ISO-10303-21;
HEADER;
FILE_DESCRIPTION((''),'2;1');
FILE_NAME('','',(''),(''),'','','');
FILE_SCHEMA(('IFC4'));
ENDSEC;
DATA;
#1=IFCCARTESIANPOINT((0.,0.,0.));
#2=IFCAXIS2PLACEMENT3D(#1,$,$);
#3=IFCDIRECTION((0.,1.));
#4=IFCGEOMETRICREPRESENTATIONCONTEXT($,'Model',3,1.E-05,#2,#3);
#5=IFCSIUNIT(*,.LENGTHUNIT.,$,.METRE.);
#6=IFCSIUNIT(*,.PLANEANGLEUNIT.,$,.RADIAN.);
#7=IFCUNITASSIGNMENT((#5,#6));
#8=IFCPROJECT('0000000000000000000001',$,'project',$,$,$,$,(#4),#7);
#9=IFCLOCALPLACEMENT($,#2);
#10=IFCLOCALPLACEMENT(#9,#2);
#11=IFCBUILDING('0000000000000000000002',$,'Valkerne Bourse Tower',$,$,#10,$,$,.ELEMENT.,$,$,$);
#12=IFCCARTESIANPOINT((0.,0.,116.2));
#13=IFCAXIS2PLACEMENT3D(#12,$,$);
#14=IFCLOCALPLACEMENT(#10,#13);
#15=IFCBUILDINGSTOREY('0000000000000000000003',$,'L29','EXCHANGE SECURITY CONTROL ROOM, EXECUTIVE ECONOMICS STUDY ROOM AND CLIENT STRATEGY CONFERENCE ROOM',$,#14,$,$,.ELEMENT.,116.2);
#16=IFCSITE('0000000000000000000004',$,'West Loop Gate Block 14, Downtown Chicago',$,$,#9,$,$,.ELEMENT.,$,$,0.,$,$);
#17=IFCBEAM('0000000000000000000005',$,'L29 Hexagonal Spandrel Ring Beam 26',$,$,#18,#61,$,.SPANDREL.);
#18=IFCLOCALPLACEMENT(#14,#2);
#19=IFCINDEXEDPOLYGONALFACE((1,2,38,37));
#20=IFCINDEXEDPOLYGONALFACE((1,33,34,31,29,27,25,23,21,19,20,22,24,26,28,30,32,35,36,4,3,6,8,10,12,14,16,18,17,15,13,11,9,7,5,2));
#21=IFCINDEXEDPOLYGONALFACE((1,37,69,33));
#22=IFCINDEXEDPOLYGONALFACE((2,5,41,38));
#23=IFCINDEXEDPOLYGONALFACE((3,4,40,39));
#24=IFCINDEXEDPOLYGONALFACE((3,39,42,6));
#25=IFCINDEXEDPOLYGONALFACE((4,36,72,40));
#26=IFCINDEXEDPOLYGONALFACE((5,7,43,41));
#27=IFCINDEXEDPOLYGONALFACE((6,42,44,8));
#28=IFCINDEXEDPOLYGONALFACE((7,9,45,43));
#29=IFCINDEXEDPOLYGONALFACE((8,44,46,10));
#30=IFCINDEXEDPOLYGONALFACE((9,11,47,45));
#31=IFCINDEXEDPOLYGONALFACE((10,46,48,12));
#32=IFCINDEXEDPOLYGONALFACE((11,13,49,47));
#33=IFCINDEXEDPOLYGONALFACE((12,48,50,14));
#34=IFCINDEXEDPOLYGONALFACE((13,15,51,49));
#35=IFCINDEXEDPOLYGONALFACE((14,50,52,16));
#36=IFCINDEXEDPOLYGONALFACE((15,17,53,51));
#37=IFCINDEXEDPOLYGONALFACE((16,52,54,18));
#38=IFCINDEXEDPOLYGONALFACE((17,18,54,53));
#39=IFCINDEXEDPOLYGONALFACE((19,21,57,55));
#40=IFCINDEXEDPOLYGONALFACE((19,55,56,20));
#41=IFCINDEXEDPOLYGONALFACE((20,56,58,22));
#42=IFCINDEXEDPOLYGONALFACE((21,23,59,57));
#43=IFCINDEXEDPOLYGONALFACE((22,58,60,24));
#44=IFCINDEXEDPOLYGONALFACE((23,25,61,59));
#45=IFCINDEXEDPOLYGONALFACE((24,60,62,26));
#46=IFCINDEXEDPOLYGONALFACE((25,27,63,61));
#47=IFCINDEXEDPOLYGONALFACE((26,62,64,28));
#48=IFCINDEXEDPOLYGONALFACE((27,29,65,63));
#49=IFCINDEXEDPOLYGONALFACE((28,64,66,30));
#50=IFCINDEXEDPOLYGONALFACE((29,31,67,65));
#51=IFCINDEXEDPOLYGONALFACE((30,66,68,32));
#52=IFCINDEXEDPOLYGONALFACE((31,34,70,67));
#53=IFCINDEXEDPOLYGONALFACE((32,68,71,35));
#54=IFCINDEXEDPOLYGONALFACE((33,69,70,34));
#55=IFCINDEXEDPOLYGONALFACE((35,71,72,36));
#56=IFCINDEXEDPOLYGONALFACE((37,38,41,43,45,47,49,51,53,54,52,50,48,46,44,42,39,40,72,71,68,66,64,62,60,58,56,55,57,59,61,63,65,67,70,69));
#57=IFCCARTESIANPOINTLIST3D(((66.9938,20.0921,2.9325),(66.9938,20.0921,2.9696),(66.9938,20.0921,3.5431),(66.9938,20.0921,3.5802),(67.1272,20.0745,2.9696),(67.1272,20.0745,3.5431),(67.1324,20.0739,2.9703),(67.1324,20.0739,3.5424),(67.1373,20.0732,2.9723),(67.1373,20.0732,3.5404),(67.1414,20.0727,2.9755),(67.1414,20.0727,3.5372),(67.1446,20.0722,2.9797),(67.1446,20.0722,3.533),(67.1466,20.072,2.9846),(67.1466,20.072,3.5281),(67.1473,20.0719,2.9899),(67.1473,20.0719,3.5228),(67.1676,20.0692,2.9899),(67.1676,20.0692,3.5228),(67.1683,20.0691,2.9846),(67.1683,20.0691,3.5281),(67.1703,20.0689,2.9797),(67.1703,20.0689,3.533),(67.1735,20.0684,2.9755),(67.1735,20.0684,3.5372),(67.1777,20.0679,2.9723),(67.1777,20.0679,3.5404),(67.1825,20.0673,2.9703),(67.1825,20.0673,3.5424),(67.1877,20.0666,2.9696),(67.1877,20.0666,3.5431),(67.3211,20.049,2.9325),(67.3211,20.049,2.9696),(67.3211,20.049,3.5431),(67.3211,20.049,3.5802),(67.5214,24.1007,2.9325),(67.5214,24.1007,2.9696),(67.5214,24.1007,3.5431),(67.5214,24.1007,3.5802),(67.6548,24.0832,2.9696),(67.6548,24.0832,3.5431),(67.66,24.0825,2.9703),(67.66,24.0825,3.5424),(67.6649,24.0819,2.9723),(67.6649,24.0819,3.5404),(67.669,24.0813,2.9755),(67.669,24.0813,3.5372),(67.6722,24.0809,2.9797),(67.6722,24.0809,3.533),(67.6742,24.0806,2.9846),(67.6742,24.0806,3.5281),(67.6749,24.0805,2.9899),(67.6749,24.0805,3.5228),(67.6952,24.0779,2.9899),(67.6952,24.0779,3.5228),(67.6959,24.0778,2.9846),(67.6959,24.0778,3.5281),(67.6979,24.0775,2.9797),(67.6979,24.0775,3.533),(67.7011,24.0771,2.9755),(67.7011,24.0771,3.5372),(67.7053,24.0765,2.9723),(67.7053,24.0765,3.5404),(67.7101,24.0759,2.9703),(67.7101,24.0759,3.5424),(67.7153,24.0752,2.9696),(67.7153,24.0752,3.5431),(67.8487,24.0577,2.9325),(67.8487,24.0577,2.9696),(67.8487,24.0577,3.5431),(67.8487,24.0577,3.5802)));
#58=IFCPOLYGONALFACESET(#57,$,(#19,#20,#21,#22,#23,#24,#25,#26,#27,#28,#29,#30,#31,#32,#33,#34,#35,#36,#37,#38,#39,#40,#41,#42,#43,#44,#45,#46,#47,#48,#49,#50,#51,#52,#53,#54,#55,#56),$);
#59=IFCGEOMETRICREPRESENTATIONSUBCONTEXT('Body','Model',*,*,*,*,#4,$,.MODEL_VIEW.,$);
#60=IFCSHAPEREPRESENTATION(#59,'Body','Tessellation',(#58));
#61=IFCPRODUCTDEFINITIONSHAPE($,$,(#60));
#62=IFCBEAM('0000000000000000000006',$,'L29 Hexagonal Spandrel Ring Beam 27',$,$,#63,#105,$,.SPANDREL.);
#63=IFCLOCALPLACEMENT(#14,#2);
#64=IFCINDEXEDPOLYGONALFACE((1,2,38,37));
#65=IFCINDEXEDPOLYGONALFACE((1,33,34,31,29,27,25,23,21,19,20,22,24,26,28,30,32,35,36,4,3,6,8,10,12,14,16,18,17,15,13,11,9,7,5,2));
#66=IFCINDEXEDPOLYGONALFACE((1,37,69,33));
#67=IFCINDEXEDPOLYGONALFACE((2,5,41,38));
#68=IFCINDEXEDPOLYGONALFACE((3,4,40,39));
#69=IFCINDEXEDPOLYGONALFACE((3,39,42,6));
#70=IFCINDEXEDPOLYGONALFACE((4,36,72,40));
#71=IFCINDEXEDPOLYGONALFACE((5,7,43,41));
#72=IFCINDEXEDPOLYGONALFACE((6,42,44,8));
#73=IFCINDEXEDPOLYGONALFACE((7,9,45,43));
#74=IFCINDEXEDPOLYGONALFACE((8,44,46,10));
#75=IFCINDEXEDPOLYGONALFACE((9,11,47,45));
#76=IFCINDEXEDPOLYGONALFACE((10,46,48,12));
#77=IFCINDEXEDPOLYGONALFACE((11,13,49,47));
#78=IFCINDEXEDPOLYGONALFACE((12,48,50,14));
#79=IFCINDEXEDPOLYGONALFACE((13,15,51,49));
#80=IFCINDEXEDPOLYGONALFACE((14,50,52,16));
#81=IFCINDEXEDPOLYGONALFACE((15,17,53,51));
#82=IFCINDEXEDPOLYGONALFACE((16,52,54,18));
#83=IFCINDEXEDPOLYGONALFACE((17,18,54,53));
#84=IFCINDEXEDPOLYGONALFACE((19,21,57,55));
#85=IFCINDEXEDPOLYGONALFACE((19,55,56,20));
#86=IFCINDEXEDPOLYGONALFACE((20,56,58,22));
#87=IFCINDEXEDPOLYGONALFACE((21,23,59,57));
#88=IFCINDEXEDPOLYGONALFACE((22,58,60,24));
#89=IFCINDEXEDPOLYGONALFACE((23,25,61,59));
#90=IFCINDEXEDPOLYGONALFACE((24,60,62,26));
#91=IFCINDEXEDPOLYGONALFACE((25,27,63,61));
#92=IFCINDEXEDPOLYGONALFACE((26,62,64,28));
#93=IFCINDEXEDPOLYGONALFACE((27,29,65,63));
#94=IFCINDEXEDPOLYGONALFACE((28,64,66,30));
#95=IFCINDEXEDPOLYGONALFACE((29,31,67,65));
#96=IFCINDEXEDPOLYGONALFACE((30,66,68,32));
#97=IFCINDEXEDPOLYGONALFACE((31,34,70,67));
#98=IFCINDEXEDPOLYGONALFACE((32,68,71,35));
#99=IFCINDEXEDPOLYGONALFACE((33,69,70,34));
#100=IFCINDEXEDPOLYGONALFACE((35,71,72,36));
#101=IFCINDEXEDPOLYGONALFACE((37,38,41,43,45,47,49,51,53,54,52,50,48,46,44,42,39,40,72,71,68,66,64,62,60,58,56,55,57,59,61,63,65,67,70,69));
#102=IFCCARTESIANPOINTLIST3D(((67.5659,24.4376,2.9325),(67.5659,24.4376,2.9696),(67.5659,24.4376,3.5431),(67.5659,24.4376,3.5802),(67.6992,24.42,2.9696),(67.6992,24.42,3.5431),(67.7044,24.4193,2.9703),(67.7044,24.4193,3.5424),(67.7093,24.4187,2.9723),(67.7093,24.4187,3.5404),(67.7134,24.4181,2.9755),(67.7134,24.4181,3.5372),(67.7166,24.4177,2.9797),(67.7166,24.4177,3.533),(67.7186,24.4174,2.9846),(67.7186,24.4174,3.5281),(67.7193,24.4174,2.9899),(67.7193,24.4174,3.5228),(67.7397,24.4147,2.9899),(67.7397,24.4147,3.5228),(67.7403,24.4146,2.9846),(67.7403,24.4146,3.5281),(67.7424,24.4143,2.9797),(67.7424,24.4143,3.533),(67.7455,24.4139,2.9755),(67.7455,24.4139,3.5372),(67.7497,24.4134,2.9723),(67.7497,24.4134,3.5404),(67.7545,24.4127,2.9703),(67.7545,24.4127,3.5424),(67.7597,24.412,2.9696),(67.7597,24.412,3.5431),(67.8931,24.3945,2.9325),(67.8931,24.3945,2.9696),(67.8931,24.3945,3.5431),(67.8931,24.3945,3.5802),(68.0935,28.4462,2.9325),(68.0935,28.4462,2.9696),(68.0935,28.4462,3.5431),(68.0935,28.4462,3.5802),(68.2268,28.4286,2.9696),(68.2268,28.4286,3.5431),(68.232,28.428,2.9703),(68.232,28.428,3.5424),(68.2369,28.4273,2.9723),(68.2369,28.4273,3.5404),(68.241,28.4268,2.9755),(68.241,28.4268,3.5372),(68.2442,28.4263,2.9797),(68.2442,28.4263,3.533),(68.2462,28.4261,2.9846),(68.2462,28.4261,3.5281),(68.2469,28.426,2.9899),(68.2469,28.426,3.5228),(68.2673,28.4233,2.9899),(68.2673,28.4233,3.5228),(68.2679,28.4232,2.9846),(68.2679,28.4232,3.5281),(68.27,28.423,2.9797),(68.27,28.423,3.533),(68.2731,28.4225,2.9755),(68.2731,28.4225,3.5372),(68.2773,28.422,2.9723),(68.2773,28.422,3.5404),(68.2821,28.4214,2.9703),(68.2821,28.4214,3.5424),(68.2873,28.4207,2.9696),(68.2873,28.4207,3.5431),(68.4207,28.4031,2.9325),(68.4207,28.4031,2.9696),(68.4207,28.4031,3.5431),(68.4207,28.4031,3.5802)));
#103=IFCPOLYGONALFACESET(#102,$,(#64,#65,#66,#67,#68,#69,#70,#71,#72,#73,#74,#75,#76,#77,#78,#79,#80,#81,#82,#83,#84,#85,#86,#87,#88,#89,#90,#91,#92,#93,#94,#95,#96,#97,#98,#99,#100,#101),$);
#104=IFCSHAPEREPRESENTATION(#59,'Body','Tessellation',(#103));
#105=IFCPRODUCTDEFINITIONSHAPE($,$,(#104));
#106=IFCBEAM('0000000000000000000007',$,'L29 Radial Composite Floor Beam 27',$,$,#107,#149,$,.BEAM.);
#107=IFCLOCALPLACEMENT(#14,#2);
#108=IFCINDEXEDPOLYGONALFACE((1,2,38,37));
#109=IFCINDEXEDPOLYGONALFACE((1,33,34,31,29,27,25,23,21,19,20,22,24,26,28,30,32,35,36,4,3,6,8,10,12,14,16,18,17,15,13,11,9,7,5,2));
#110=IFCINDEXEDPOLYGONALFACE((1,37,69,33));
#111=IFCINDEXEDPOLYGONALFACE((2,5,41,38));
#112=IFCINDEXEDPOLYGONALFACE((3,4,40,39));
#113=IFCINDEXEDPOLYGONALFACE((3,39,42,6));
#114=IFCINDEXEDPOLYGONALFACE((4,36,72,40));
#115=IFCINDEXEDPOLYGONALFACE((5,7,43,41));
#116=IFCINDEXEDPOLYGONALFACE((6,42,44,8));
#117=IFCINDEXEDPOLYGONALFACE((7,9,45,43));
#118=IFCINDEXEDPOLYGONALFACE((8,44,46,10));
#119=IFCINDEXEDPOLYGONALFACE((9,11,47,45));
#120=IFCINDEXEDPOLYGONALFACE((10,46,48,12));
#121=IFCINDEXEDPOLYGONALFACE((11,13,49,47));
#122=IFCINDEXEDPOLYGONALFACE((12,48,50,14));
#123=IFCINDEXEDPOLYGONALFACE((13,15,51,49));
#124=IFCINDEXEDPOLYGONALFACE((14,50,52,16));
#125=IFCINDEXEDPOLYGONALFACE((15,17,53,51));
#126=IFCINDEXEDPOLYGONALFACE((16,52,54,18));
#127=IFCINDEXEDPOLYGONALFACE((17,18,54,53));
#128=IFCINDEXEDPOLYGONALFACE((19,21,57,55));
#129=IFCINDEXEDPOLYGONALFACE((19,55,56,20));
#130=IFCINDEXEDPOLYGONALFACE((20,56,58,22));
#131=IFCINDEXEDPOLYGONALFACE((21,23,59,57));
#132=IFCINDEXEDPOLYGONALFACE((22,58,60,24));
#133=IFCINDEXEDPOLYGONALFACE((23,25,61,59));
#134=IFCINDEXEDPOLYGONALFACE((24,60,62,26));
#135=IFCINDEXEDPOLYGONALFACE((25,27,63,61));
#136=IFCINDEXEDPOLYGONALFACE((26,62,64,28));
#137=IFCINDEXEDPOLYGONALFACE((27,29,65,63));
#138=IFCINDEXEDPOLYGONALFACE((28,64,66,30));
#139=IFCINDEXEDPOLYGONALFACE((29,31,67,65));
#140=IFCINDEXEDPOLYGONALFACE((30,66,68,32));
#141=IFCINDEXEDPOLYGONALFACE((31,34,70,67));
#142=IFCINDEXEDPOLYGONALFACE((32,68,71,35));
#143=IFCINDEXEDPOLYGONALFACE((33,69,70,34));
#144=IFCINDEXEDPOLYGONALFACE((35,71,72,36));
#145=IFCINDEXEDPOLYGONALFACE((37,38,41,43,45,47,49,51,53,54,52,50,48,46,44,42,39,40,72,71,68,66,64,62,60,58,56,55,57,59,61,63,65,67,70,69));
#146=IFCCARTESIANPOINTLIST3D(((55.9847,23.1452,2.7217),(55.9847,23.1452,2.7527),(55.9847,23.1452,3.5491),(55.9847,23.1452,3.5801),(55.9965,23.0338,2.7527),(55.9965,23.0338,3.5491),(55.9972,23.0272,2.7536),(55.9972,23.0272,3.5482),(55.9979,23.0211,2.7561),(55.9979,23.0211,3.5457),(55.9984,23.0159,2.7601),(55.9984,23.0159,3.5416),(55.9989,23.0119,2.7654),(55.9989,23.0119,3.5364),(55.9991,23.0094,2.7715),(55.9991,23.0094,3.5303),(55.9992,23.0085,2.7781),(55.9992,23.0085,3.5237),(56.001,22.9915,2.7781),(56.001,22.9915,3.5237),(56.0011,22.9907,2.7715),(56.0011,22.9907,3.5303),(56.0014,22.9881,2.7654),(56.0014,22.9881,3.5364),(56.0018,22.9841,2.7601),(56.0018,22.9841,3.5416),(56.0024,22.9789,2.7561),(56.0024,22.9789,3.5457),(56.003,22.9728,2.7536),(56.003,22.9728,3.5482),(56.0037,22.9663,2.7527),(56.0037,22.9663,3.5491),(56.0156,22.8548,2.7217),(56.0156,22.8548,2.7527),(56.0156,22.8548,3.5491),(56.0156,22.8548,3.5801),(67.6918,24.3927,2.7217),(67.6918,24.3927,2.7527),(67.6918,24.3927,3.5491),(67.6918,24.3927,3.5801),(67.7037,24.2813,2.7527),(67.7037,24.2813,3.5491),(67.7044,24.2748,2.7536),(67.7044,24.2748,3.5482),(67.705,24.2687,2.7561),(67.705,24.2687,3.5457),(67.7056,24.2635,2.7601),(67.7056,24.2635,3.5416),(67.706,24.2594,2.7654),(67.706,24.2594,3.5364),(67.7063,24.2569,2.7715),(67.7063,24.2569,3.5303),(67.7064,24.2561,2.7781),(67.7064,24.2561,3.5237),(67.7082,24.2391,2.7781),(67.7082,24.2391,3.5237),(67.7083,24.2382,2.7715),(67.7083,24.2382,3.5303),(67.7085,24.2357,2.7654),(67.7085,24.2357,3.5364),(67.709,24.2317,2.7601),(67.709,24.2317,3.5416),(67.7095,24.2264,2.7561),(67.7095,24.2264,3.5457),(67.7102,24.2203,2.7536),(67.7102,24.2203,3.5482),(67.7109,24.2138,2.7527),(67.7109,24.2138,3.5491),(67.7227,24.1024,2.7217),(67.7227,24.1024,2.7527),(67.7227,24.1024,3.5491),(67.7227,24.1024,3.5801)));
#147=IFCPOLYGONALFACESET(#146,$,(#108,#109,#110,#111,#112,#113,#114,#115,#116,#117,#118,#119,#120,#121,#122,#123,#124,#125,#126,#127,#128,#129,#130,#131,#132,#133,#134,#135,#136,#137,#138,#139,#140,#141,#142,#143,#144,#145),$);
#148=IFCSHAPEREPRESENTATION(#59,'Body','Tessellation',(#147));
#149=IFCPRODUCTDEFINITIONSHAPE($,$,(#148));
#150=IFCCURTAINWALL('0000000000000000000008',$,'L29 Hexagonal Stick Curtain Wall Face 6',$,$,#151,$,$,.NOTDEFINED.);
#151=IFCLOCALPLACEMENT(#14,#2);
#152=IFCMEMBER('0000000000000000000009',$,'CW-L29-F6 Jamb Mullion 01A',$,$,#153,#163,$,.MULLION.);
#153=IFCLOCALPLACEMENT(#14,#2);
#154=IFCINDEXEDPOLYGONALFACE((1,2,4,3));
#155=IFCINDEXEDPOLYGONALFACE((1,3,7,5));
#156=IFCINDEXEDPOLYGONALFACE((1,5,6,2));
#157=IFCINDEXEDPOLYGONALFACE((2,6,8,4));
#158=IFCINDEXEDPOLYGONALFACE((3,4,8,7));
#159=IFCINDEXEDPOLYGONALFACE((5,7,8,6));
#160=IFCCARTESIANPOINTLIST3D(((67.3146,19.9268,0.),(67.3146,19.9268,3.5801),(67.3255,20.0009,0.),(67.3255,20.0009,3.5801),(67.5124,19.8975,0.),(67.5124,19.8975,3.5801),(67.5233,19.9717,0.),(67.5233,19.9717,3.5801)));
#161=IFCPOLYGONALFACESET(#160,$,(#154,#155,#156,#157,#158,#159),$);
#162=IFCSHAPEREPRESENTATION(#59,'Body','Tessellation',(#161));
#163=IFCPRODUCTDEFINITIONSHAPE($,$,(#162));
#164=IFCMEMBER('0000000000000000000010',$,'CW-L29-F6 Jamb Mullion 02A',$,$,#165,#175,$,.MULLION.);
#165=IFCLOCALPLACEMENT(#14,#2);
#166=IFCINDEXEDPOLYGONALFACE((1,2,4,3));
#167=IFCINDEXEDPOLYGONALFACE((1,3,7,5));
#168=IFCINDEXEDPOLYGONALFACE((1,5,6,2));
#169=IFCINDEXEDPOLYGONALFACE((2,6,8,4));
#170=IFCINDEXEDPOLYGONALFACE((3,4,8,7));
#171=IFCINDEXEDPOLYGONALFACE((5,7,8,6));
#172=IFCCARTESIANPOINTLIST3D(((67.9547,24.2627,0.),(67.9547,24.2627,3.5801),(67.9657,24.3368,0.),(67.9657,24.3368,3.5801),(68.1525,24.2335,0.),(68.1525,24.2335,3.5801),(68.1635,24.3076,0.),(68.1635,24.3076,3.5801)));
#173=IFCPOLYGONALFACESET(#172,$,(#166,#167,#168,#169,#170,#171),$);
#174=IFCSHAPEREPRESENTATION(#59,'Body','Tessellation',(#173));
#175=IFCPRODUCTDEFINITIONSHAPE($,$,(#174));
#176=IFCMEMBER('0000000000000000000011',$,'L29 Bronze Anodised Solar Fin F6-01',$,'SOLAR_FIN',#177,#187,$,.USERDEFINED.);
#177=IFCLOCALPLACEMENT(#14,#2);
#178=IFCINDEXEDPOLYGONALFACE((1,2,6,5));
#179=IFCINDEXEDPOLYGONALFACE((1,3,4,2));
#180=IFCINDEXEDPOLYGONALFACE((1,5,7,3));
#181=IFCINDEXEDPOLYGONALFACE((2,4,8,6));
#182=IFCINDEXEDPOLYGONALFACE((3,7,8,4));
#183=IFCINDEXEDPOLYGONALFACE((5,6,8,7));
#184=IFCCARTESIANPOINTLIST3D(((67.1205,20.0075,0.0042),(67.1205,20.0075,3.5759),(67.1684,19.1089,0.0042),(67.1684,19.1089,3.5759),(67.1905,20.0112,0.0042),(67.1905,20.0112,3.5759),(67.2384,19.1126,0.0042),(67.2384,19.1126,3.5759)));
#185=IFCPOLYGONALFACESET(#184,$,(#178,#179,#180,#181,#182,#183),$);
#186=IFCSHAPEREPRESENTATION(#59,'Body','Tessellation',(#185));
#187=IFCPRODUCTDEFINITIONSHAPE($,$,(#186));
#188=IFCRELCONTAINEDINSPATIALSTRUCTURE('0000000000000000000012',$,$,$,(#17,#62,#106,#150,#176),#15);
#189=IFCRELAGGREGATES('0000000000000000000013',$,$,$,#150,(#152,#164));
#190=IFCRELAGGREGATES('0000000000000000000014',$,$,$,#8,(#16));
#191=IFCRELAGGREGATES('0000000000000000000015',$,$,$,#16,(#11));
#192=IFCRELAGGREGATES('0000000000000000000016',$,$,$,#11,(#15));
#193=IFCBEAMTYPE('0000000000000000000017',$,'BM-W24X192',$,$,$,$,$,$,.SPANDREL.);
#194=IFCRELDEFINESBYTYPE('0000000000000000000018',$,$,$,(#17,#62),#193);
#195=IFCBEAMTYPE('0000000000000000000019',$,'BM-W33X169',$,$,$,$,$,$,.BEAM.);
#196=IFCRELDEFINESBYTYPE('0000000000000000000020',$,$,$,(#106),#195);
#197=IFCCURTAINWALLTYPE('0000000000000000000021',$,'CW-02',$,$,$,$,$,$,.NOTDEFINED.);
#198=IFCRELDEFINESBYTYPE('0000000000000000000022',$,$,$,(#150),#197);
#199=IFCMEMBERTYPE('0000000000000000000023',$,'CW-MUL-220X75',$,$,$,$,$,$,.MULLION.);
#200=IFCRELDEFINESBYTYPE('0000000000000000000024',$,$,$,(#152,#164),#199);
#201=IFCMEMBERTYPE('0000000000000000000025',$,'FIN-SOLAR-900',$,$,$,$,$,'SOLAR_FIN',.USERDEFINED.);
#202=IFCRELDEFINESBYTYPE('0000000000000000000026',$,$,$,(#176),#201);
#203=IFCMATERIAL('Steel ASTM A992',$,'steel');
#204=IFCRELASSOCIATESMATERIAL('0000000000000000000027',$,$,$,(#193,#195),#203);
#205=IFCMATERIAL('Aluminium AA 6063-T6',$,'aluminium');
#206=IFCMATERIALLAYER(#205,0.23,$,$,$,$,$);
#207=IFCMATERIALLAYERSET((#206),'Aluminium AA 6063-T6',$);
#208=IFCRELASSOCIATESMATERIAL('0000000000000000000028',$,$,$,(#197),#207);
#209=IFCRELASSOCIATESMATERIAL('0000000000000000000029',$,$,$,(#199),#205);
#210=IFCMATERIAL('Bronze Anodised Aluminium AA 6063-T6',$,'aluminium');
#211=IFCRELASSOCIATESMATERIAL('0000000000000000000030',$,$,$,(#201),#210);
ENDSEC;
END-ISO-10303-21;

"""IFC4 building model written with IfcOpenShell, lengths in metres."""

from ifc_helpers import new_model, si_unit, direction, frame, origin, origin_2d, place, context, subcontext, project, spatial, rectangle, i_section, extrude, material, layer, layer_set, material_profile, profile_set, type_object, element, aggregate, save


model = new_model("IFC4")

# Units and contexts
model_context = context("Model", 3, precision=1e-05, world=origin(), true_north=direction((0.0, 1.0)))
body_context = subcontext(model_context, "Body", "Model", "MODEL_VIEW")
ifc_project = project(units=[si_unit("LENGTHUNIT", "METRE"), si_unit("PLANEANGLEUNIT", "RADIAN")], contexts=[model_context])

# Site, building, storey
site_placement = place(None, origin())
site = spatial("IfcSite", under=ifc_project, at=site_placement, Name="West Loop Gate Block 14, Downtown Chicago", CompositionType="ELEMENT", RefElevation=0.0)
building_placement = place(site_placement, origin())
building = spatial("IfcBuilding", under=site, at=building_placement, Name="Valkerne Bourse Tower", CompositionType="ELEMENT")
storey_placement = place(building_placement, frame((0.0, 0.0, 116.2)))
storey = spatial("IfcBuildingStorey", under=building, at=storey_placement, Name="L29", Description="EXCHANGE SECURITY CONTROL ROOM, EXECUTIVE ECONOMICS STUDY ROOM AND CLIENT STRATEGY CONFERENCE ROOM", CompositionType="ELEMENT", Elevation=116.2)

# Beams
ifc_material_1 = material(Name="Steel ASTM A992", Category="steel")
ifc_material_profile_1 = material_profile(ifc_material_1, i_section(OverallWidth=0.3301, OverallDepth=0.6477, WebThickness=0.0205, FlangeThickness=0.0371, FilletRadius=0.0203, at=origin_2d()), Name="W24X192")
ifc_profile_set_1 = profile_set([ifc_material_profile_1], Name="Steel ASTM A992")
beam_type_1 = type_object("IfcBeamType", Name="BM-W24X192", PredefinedType="SPANDREL", material=ifc_profile_set_1)
for number, where, z_axis, x_axis, name in (
    (1, (67.1575, 20.0706, 3.2563), (0.13049, 0.99145, 0.0), (-0.99145, 0.13049, 0.0), "L29 Hexagonal Spandrel Ring Beam 26"),
    (2, (67.7295, 24.416, 3.2563), (0.13049, 0.99145, 0.0), (-0.99145, 0.13049, 0.0), "L29 Hexagonal Spandrel Ring Beam 27"),
):
    element("IfcBeam", number, at=place(storey_placement, frame(where, z_axis=z_axis, x_axis=x_axis)), inside=storey, type_object=beam_type_1, Name=name, PredefinedType="SPANDREL", context=body_context, shape_type="SweptSolid", body=[
        extrude(i_section(OverallWidth=0.3301, OverallDepth=0.6477, WebThickness=0.0205, FlangeThickness=0.0371, FilletRadius=0.0203, at=origin_2d()), origin(), (0.0, 0.0, 1.0), 4.0432),
    ])
ifc_material_profile_2 = material_profile(ifc_material_1, i_section(OverallWidth=0.292, OverallDepth=0.8584, WebThickness=0.0171, FlangeThickness=0.031, FilletRadius=0.0254, at=origin_2d()), Name="W33X169")
ifc_profile_set_2 = profile_set([ifc_material_profile_2], Name="Steel ASTM A992")
beam_type_2 = type_object("IfcBeamType", Name="BM-W33X169", PredefinedType="BEAM", material=ifc_profile_set_2)
beam_1_placement = place(storey_placement, frame((67.7073, 24.2476, 3.1509), z_axis=(-0.99437, -0.105963, 0.0), x_axis=(0.105963, -0.99437, 0.0)))
element("IfcBeam", 3, at=beam_1_placement, inside=storey, type_object=beam_type_2, Name="L29 Radial Composite Floor Beam 27", PredefinedType="BEAM", context=body_context, shape_type="SweptSolid", body=[
    extrude(i_section(OverallWidth=0.292, OverallDepth=0.8584, WebThickness=0.0171, FlangeThickness=0.031, FilletRadius=0.0254, at=origin_2d()), origin(), (0.0, 0.0, 1.0), 11.7734),
])

# Curtain wall, members
ifc_material_2 = material(Name="Aluminium AA 6063-T6", Category="aluminium")
ifc_layer_1 = layer(ifc_material_2, 0.23)
ifc_layer_set_1 = layer_set([ifc_layer_1], Name="Aluminium AA 6063-T6")
curtain_wall_type = type_object("IfcCurtainWallType", Name="CW-02", PredefinedType="NOTDEFINED", material=ifc_layer_set_1)
curtain_wall_placement = place(storey_placement, origin())
curtain_wall = element("IfcCurtainWall", 4, at=curtain_wall_placement, inside=storey, type_object=curtain_wall_type, Name="L29 Hexagonal Stick Curtain Wall Face 6", PredefinedType="NOTDEFINED")
ifc_material_profile_3 = material_profile(ifc_material_2, rectangle(XDim=0.075, YDim=0.2, at=origin_2d()), Name="CWM-75X200")
ifc_profile_set_3 = profile_set([ifc_material_profile_3], Name="Aluminium AA 6063-T6")
member_type_1 = type_object("IfcMemberType", Name="CW-MUL-220X75", PredefinedType="MULLION", material=ifc_profile_set_3)
member_1_placement = place(storey_placement, frame((67.4189, 19.9492, 0.0), z_axis=(0.0, 0.0, 1.0), x_axis=(0.14609, 0.989271, 0.0)))
member_1 = element("IfcMember", 5, at=member_1_placement, type_object=member_type_1, Name="CW-L29-F6 Jamb Mullion 01A", PredefinedType="MULLION", context=body_context, shape_type="SweptSolid", body=[
    extrude(rectangle(XDim=0.075, YDim=0.2, at=origin_2d()), origin(), (0.0, 0.0, 1.0), 3.5801),
])
member_2_placement = place(storey_placement, frame((68.0591, 24.2852, 0.0), z_axis=(0.0, 0.0, 1.0), x_axis=(0.146086, 0.989272, 0.0)))
member_2 = element("IfcMember", 6, at=member_2_placement, type_object=member_type_1, Name="CW-L29-F6 Jamb Mullion 02A", PredefinedType="MULLION", context=body_context, shape_type="SweptSolid", body=[
    extrude(rectangle(XDim=0.075, YDim=0.2, at=origin_2d()), origin(), (0.0, 0.0, 1.0), 3.5801),
])

# Member
ifc_material_3 = material(Name="Bronze Anodised Aluminium AA 6063-T6", Category="aluminium")
ifc_material_profile_4 = material_profile(ifc_material_3, rectangle(XDim=0.0701, YDim=0.8999, at=origin_2d()), Name="FIN-70X900")
ifc_profile_set_4 = profile_set([ifc_material_profile_4], Name="Bronze Anodised Aluminium AA 6063-T6")
member_type_2 = type_object("IfcMemberType", Name="FIN-SOLAR-900", ElementType="SOLAR_FIN", PredefinedType="USERDEFINED", material=ifc_profile_set_4)
member_3_placement = place(storey_placement, frame((67.1794, 19.5601, 0.0042), z_axis=(0.0, 0.0, 1.0), x_axis=(0.99858, 0.053273, 0.0)))
element("IfcMember", 7, at=member_3_placement, inside=storey, type_object=member_type_2, Name="L29 Bronze Anodised Solar Fin F6-01", ObjectType="SOLAR_FIN", PredefinedType="USERDEFINED", context=body_context, shape_type="SweptSolid", body=[
    extrude(rectangle(XDim=0.0701, YDim=0.8999, at=origin_2d()), origin(), (0.0, 0.0, 1.0), 3.5718),
])

aggregate(curtain_wall, [member_1, member_2])

save(model, "model.ifc")
